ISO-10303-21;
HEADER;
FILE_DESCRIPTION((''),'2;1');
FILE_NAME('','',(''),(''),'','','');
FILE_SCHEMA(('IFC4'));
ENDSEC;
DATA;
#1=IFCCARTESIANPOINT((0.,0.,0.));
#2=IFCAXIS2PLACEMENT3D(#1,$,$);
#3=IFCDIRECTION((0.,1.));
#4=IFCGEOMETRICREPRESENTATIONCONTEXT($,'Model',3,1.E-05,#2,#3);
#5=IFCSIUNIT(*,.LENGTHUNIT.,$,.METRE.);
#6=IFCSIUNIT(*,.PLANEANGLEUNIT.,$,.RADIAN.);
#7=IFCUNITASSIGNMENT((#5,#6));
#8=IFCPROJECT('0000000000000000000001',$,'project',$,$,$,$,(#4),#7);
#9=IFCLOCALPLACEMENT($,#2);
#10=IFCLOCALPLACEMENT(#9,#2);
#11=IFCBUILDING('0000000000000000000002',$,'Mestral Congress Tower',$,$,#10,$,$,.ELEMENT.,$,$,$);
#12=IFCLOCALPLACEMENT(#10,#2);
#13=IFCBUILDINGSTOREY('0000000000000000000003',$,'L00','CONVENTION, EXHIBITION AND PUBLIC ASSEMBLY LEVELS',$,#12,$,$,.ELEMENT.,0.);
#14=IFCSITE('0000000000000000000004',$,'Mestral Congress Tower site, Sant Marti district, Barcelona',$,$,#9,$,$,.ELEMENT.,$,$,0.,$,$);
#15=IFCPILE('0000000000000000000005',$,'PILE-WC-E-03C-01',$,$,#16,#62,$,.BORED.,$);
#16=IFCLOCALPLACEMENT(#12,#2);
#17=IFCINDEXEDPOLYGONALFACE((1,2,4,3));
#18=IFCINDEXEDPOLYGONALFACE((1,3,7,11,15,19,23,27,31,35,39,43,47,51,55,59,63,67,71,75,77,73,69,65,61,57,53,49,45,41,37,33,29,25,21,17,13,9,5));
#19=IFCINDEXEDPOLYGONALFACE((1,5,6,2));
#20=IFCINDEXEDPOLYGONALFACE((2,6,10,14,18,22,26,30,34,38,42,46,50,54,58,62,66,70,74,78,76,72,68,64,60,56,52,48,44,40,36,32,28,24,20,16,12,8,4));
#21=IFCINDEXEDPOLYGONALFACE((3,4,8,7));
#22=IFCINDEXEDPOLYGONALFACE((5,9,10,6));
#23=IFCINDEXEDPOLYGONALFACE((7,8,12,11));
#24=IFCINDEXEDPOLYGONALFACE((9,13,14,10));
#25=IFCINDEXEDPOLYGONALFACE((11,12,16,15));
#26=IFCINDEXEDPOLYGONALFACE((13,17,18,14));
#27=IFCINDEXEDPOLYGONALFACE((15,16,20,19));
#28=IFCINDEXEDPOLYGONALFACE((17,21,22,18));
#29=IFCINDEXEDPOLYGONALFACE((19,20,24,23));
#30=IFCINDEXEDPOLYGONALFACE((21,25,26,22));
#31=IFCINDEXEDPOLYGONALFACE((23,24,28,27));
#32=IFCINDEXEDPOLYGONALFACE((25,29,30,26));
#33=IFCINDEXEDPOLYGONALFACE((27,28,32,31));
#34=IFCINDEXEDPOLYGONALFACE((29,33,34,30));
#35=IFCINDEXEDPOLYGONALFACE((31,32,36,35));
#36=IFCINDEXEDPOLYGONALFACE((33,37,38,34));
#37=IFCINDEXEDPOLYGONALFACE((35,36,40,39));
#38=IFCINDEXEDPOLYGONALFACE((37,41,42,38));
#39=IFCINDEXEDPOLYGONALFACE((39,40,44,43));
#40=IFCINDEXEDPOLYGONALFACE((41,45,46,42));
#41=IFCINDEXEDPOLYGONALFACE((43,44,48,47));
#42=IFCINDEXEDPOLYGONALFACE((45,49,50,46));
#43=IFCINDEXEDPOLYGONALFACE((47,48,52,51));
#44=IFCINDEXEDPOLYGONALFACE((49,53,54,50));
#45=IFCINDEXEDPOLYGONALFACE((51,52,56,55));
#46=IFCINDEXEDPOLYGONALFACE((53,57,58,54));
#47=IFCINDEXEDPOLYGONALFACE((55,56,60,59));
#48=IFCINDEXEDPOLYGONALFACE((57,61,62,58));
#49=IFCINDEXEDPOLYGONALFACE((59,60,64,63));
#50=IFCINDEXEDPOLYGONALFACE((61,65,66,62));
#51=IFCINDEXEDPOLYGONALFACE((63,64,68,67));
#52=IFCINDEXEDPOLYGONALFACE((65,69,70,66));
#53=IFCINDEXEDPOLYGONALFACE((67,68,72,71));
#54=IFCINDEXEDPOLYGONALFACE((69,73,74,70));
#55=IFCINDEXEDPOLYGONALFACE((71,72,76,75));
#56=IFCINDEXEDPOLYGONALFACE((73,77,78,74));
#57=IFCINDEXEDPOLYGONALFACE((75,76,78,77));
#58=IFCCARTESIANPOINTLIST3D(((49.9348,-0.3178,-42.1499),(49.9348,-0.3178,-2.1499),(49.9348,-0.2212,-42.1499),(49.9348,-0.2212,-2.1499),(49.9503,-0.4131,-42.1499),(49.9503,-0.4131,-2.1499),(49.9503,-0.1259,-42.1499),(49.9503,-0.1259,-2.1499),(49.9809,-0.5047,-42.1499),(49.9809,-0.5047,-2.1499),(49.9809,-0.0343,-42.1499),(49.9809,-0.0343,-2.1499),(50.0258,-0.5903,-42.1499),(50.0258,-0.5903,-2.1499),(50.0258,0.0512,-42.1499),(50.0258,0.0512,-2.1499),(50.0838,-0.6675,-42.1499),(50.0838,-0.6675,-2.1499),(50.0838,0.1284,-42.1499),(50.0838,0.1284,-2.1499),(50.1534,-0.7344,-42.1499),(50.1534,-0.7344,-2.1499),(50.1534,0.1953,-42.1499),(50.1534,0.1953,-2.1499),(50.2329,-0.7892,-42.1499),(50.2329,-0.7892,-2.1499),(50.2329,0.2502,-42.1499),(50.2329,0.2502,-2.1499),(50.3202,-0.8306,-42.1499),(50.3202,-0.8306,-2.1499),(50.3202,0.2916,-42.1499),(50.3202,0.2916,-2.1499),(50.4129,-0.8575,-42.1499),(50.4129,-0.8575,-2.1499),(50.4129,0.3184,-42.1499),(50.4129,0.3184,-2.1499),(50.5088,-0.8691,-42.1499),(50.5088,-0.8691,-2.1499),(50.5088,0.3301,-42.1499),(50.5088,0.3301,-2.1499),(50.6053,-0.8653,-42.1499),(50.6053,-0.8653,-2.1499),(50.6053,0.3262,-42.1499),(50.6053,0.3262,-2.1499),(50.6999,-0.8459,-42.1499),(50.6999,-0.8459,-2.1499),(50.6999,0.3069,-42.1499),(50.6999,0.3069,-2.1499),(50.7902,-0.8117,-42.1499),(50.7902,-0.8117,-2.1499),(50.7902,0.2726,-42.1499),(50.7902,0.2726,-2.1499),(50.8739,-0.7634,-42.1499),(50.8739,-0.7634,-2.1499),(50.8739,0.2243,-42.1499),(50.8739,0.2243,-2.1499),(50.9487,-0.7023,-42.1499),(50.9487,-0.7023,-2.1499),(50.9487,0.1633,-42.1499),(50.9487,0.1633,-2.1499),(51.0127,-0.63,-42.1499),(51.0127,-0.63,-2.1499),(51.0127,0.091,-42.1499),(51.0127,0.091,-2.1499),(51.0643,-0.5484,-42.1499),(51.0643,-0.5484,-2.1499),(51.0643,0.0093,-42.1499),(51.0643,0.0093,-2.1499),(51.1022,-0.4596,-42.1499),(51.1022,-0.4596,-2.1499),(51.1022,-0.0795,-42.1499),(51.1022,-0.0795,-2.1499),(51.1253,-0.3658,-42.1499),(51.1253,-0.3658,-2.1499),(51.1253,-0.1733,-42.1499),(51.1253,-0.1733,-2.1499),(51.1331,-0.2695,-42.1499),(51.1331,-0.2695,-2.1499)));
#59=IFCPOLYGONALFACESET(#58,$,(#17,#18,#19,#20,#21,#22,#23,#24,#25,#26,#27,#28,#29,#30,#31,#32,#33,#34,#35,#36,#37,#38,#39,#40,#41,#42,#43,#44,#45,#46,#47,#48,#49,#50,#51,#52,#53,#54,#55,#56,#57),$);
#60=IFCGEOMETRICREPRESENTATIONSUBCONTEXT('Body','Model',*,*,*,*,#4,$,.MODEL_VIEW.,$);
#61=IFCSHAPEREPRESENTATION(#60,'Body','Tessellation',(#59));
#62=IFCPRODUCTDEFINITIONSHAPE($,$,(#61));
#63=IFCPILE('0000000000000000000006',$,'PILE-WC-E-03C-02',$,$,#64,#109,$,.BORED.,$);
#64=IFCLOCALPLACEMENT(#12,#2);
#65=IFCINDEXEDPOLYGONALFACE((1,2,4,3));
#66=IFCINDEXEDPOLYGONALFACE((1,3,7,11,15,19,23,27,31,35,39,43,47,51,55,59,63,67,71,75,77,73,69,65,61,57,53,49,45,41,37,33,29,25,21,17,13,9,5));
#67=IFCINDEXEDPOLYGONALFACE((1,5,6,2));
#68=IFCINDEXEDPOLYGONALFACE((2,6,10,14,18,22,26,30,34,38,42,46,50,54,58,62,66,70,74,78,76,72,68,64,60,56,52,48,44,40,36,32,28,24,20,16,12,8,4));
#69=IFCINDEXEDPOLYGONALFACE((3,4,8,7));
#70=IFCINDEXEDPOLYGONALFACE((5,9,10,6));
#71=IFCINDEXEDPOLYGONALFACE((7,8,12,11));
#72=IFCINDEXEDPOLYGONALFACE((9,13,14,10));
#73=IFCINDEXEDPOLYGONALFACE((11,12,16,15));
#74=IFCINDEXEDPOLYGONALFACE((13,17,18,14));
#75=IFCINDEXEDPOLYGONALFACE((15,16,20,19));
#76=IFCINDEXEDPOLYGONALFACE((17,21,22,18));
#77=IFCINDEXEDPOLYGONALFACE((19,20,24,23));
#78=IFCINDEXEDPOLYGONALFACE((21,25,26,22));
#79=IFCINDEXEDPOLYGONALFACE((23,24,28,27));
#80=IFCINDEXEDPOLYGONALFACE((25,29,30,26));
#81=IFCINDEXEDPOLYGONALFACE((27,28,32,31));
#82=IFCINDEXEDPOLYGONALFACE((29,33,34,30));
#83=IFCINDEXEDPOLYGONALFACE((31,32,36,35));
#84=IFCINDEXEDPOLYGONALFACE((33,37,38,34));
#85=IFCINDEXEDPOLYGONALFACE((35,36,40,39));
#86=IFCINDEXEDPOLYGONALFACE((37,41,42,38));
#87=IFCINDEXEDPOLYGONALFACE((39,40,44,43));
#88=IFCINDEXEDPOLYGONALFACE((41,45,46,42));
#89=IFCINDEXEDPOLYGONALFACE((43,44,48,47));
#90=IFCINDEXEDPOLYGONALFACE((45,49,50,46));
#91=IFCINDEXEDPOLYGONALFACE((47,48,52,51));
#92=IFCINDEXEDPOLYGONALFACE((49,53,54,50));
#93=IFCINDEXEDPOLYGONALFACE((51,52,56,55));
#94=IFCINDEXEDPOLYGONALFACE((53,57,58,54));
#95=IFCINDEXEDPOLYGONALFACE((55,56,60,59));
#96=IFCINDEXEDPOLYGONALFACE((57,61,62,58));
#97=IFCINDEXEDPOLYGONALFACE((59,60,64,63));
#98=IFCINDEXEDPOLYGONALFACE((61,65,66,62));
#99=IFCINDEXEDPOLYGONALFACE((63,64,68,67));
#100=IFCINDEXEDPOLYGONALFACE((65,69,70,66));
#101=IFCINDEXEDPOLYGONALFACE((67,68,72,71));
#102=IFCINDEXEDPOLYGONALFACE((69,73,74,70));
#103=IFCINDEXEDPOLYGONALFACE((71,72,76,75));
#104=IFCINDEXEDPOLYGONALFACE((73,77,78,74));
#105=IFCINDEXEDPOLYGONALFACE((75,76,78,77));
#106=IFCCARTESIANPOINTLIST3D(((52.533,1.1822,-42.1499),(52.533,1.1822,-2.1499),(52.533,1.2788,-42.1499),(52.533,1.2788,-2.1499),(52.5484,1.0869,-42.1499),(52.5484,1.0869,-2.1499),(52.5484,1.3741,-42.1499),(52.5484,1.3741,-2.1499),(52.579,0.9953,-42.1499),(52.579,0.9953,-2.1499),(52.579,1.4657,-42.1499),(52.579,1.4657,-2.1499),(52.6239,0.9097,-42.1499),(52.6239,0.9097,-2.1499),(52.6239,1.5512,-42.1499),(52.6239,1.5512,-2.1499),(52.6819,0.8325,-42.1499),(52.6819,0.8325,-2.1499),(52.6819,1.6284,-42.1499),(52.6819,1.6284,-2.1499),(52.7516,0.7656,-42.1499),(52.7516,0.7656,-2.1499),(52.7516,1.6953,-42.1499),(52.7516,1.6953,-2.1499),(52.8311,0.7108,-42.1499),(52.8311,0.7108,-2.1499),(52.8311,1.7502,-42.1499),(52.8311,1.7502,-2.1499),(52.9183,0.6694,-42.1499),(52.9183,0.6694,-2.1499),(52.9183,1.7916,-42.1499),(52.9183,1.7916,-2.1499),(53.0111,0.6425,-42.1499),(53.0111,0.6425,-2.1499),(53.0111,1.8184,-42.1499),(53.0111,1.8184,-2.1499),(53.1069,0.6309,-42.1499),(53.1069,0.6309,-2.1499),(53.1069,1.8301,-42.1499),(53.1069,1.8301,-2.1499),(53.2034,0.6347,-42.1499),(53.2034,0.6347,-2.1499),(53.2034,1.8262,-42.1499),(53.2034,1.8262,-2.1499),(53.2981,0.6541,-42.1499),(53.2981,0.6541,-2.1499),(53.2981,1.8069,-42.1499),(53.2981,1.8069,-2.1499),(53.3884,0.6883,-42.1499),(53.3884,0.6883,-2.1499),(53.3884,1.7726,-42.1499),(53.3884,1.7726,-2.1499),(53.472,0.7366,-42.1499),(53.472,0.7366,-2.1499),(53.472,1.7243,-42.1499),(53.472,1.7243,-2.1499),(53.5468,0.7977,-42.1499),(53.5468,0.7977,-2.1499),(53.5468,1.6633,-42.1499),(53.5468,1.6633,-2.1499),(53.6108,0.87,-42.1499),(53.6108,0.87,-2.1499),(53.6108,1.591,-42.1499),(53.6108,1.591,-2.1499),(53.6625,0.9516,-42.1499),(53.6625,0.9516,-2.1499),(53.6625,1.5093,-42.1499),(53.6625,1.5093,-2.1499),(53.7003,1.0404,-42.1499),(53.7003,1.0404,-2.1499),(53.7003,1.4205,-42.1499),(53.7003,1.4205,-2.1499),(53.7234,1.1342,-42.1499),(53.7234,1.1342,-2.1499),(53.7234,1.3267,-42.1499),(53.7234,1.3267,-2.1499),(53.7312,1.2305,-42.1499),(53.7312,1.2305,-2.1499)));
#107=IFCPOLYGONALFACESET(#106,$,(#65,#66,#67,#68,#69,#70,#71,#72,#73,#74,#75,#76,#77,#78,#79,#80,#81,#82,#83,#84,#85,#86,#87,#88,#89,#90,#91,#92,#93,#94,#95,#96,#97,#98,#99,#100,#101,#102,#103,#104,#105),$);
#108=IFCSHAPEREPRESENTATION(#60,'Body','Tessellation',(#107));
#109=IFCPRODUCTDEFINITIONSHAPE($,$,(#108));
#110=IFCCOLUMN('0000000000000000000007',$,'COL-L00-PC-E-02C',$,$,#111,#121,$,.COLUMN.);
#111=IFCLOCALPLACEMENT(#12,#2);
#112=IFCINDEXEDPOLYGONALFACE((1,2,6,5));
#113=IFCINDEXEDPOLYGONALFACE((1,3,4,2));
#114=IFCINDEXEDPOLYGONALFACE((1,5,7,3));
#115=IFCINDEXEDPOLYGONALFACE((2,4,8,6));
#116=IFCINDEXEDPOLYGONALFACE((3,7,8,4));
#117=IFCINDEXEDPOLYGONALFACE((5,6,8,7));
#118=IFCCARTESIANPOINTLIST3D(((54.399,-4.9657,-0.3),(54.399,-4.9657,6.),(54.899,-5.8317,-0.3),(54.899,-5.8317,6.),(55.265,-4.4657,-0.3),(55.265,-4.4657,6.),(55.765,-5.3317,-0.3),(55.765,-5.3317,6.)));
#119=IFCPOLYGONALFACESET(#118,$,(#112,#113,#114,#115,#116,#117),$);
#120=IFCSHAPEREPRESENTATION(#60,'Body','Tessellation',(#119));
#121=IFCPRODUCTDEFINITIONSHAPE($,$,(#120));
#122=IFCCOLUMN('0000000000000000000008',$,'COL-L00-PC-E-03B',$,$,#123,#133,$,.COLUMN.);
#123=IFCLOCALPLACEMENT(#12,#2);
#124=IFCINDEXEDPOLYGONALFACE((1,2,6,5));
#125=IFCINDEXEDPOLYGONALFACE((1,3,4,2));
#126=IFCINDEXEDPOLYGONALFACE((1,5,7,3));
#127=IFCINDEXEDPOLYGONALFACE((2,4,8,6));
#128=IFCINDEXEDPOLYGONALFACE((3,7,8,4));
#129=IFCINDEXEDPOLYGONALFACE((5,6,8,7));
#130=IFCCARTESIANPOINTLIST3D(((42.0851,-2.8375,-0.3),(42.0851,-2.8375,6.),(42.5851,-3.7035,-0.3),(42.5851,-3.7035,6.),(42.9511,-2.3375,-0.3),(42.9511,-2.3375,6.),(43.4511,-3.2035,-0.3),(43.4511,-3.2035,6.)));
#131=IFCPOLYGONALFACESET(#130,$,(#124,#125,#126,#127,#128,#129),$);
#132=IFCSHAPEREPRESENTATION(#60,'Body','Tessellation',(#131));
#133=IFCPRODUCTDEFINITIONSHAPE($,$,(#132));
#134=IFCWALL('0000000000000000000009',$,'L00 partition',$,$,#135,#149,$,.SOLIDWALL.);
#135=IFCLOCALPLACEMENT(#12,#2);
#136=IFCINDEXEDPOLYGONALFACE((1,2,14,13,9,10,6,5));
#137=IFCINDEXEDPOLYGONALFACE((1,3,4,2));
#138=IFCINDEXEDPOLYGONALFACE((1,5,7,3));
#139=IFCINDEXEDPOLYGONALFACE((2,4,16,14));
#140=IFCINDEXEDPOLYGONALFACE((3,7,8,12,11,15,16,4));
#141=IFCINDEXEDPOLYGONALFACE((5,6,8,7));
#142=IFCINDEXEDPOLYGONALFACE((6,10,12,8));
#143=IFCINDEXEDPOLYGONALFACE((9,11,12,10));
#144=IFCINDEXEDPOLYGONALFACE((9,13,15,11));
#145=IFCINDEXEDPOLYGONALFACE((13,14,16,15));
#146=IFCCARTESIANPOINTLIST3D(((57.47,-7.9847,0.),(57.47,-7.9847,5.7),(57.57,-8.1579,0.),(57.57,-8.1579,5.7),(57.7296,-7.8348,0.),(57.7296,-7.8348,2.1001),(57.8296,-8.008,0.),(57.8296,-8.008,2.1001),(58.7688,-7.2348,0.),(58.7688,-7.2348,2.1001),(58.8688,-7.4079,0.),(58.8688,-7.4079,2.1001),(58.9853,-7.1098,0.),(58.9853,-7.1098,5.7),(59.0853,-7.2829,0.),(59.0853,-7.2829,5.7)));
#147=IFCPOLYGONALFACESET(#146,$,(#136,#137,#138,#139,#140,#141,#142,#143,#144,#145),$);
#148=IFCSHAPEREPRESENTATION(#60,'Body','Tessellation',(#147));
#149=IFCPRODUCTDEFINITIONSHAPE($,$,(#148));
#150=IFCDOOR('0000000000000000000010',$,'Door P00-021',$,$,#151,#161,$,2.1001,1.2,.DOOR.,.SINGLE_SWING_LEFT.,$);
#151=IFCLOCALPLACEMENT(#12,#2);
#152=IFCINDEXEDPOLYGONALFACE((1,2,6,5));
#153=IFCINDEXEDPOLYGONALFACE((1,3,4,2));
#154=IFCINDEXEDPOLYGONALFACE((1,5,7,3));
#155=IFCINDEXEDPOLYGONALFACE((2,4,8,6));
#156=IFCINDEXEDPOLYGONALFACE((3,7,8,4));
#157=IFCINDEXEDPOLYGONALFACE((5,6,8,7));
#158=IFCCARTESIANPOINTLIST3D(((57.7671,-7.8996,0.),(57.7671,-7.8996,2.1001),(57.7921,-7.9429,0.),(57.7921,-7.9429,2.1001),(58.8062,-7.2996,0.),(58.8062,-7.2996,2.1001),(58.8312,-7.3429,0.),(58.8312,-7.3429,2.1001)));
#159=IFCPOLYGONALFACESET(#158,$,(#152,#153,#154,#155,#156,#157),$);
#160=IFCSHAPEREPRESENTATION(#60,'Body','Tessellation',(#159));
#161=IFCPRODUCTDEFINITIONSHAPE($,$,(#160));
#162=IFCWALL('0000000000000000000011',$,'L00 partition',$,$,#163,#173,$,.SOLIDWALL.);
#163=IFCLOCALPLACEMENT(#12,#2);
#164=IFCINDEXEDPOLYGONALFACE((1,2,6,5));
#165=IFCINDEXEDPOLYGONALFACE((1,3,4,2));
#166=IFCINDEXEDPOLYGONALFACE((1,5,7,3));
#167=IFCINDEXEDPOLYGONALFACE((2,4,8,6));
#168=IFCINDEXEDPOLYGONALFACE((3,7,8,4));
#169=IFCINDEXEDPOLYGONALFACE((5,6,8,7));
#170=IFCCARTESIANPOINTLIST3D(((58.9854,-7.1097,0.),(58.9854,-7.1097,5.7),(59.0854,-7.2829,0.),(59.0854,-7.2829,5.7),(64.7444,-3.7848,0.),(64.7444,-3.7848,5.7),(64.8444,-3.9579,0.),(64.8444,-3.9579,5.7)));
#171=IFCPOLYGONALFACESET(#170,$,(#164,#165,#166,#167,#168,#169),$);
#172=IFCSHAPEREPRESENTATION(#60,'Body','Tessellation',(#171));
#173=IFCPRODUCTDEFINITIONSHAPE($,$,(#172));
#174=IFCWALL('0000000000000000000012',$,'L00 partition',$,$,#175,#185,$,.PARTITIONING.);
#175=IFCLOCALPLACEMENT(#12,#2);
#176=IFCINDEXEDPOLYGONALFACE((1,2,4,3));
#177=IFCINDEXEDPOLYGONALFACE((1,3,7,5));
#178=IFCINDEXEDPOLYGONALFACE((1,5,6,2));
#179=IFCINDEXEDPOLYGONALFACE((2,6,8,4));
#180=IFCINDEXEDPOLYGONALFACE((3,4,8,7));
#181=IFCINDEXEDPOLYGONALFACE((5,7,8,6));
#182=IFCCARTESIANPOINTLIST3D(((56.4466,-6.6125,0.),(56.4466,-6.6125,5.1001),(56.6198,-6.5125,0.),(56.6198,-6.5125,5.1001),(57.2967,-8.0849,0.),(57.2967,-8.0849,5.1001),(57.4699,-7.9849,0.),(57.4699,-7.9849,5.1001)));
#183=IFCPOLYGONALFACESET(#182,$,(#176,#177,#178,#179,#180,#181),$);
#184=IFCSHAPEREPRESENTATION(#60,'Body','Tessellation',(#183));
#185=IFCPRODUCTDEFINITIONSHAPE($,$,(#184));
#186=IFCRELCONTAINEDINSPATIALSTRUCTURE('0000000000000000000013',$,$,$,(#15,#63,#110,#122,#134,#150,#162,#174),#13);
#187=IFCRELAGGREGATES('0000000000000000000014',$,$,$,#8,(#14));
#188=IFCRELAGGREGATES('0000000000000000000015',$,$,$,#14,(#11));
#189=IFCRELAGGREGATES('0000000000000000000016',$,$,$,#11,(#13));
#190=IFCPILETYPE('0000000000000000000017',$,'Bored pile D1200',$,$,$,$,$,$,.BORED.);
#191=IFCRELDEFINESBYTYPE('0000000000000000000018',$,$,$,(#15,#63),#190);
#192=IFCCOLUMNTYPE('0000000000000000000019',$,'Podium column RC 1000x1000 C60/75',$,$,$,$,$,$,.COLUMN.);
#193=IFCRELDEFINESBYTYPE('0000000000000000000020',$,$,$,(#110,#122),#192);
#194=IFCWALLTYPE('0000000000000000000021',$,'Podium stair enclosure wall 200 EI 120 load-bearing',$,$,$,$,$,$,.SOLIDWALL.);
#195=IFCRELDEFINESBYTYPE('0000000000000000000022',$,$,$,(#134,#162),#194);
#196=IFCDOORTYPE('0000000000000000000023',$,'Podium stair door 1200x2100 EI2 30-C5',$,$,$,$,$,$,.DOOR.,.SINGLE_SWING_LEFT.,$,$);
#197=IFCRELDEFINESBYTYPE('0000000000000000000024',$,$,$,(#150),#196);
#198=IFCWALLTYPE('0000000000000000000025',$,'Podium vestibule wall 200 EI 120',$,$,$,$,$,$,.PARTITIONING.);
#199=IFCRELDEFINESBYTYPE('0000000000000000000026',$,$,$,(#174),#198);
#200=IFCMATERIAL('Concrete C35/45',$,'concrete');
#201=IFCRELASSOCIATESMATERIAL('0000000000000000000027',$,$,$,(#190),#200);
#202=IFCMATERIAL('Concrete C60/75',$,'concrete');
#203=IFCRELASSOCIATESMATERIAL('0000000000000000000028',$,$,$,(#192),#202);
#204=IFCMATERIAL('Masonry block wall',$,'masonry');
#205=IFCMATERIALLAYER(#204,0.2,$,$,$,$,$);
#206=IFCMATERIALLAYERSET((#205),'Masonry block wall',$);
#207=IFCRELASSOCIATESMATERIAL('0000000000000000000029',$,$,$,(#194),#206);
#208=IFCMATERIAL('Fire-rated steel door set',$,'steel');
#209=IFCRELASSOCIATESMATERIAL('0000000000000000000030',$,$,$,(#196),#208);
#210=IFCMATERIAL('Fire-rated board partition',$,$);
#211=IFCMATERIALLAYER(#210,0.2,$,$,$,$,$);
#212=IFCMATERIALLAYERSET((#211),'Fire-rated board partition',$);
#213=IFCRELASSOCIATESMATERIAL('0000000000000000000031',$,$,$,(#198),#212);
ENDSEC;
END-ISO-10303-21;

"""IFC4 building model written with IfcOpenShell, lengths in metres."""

from ifc_helpers import new_model, si_unit, direction, frame, frame_2d, origin, origin_2d, place, context, subcontext, project, spatial, rectangle, circle, extrude, material, layer, layer_set, material_profile, profile_set, type_object, element, fill, save


model = new_model("IFC4")

# Units and contexts
model_context = context("Model", 3, precision=1e-05, world=origin(), true_north=direction((0.0, 1.0)))
body_context = subcontext(model_context, "Body", "Model", "MODEL_VIEW")
ifc_project = project(units=[si_unit("LENGTHUNIT", "METRE"), si_unit("PLANEANGLEUNIT", "RADIAN")], contexts=[model_context])

# Site, building, storey
site_placement = place(None, origin())
site = spatial("IfcSite", under=ifc_project, at=site_placement, Name="Mestral Congress Tower site, Sant Marti district, Barcelona", CompositionType="ELEMENT", RefElevation=0.0)
building_placement = place(site_placement, origin())
building = spatial("IfcBuilding", under=site, at=building_placement, Name="Mestral Congress Tower", CompositionType="ELEMENT")
storey_placement = place(building_placement, origin())
storey = spatial("IfcBuildingStorey", under=building, at=storey_placement, Name="L00", Description="CONVENTION, EXHIBITION AND PUBLIC ASSEMBLY LEVELS", CompositionType="ELEMENT", Elevation=0.0)

# Piles
ifc_material_1 = material(Name="Concrete C35/45", Category="concrete")
ifc_material_profile_1 = material_profile(ifc_material_1, circle(Radius=0.6001, at=origin_2d()), Name="D1200")
ifc_profile_set_1 = profile_set([ifc_material_profile_1], Name="Concrete C35/45")
pile_type = type_object("IfcPileType", Name="Bored pile D1200", PredefinedType="BORED", material=ifc_profile_set_1)
for number, where, z_axis, x_axis, name in (
    (1, (50.533, -0.2695, -2.1499), (0.0, 0.0, -1.0), (1.0, 0.0, 0.0), "PILE-WC-E-03C-01"),
    (2, (53.1311, 1.2305, -2.1499), (0.0, 0.0, -1.0), (1.0, 0.0, 0.0), "PILE-WC-E-03C-02"),
):
    element("IfcPile", number, at=place(storey_placement, frame(where, z_axis=z_axis, x_axis=x_axis)), inside=storey, type_object=pile_type, Name=name, PredefinedType="BORED", context=body_context, shape_type="SweptSolid", body=[
        extrude(circle(Radius=0.6001, at=origin_2d()), origin(), (0.0, 0.0, 1.0), 40.0),
    ])

# Columns
ifc_material_2 = material(Name="Concrete C60/75", Category="concrete")
ifc_material_profile_2 = material_profile(ifc_material_2, rectangle(XDim=1.0, YDim=1.0, at=origin_2d()), Name="RC 1000x1000")
ifc_profile_set_2 = profile_set([ifc_material_profile_2], Name="Concrete C60/75")
column_type = type_object("IfcColumnType", Name="Podium column RC 1000x1000 C60/75", PredefinedType="COLUMN", material=ifc_profile_set_2)
for number, where, z_axis, x_axis, name in (
    (3, (55.082, -5.1487, -0.3), (0.0, 0.0, 1.0), (-0.5, 0.866025, 0.0), "COL-L00-PC-E-02C"),
    (4, (42.7681, -3.0205, -0.3), (0.0, 0.0, 1.0), (-0.5, 0.866025, 0.0), "COL-L00-PC-E-03B"),
):
    element("IfcColumn", number, at=place(storey_placement, frame(where, z_axis=z_axis, x_axis=x_axis)), inside=storey, type_object=column_type, Name=name, PredefinedType="COLUMN", context=body_context, shape_type="SweptSolid", body=[
        extrude(rectangle(XDim=1.0, YDim=1.0, at=origin_2d()), origin(), (0.0, 0.0, 1.0), 6.3),
    ])

# Wall, opening, door
ifc_material_3 = material(Name="Masonry block wall", Category="masonry")
ifc_layer_1 = layer(ifc_material_3, 0.2)
ifc_layer_set_1 = layer_set([ifc_layer_1], Name="Masonry block wall")
wall_type_1 = type_object("IfcWallType", Name="Podium stair enclosure wall 200 EI 120 load-bearing", PredefinedType="SOLIDWALL", material=ifc_layer_set_1)
wall_1_placement = place(storey_placement, frame((59.0354, -7.1963, 0.0), z_axis=(0.0, 0.0, 1.0), x_axis=(-0.866002, -0.50004, 0.0)))
wall_1 = element("IfcWall", 5, at=wall_1_placement, inside=storey, type_object=wall_type_1, Name="L00 partition", PredefinedType="SOLIDWALL", context=body_context, shape_type="SweptSolid", body=[
    extrude(rectangle(XDim=1.7498, YDim=0.2, at=frame_2d((0.875, 0.0))), origin(), (0.0, 0.0, 1.0), 5.7),
])
opening_1_placement = place(wall_1_placement, frame((0.25, 0.0, 0.0)))
opening_1 = element("IfcOpeningElement", 6, at=opening_1_placement, cuts=wall_1, PredefinedType="OPENING", context=body_context, shape_type="SweptSolid", body=[
    extrude(rectangle(XDim=1.2, YDim=2.1001, at=frame_2d((0.6001, 1.05))), frame((0.0, 0.1099, 0.0), z_axis=(0.0, -1.0, 0.0), x_axis=(1.0, 0.0, 0.0)), (0.0, 0.0, 1.0), 0.22),
])
ifc_material_4 = material(Name="Fire-rated steel door set", Category="steel")
door_type_1 = type_object("IfcDoorType", Name="Podium stair door 1200x2100 EI2 30-C5", OperationType="SINGLE_SWING_LEFT", PredefinedType="DOOR", material=ifc_material_4)
door_1_placement = place(opening_1_placement, origin())
door_1 = element("IfcDoor", 7, at=door_1_placement, inside=storey, type_object=door_type_1, Name="Door P00-021", OperationType="SINGLE_SWING_LEFT", OverallHeight=2.1001, OverallWidth=1.2, PredefinedType="DOOR", context=body_context, shape_type="SweptSolid", body=[
    extrude(rectangle(XDim=1.2, YDim=2.1001, at=frame_2d((0.6001, 1.05))), frame((0.0, 0.0249, 0.0), z_axis=(0.0, -1.0, 0.0), x_axis=(1.0, 0.0, 0.0)), (0.0, 0.0, 1.0), 0.05),
])
fill(opening_1, door_1)

# Walls
wall_2_placement = place(storey_placement, frame((59.0354, -7.1963, 0.0), z_axis=(0.0, 0.0, 1.0), x_axis=(0.866027, 0.499997, 0.0)))
element("IfcWall", 8, at=wall_2_placement, inside=storey, type_object=wall_type_1, Name="L00 partition", PredefinedType="SOLIDWALL", context=body_context, shape_type="SweptSolid", body=[
    extrude(rectangle(XDim=6.6499, YDim=0.2, at=frame_2d((3.325, 0.0))), origin(), (0.0, 0.0, 1.0), 5.7),
])
ifc_material_5 = material(Name="Fire-rated board partition")
ifc_layer_2 = layer(ifc_material_5, 0.2)
ifc_layer_set_2 = layer_set([ifc_layer_2], Name="Fire-rated board partition")
wall_type_2 = type_object("IfcWallType", Name="Podium vestibule wall 200 EI 120", PredefinedType="PARTITIONING", material=ifc_layer_set_2)
for number, where, z_axis, x_axis, name in (
    (9, (57.3833, -8.0349, 0.0), (0.0, 0.0, 1.0), (-0.5, 0.866025, 0.0), "L00 partition"),
):
    element("IfcWall", number, at=place(storey_placement, frame(where, z_axis=z_axis, x_axis=x_axis)), inside=storey, type_object=wall_type_2, Name=name, PredefinedType="PARTITIONING", context=body_context, shape_type="SweptSolid", body=[
        extrude(rectangle(XDim=1.7002, YDim=0.2, at=frame_2d((0.8501, 0.0))), origin(), (0.0, 0.0, 1.0), 5.1001),
    ])

save(model, "model.ifc")
